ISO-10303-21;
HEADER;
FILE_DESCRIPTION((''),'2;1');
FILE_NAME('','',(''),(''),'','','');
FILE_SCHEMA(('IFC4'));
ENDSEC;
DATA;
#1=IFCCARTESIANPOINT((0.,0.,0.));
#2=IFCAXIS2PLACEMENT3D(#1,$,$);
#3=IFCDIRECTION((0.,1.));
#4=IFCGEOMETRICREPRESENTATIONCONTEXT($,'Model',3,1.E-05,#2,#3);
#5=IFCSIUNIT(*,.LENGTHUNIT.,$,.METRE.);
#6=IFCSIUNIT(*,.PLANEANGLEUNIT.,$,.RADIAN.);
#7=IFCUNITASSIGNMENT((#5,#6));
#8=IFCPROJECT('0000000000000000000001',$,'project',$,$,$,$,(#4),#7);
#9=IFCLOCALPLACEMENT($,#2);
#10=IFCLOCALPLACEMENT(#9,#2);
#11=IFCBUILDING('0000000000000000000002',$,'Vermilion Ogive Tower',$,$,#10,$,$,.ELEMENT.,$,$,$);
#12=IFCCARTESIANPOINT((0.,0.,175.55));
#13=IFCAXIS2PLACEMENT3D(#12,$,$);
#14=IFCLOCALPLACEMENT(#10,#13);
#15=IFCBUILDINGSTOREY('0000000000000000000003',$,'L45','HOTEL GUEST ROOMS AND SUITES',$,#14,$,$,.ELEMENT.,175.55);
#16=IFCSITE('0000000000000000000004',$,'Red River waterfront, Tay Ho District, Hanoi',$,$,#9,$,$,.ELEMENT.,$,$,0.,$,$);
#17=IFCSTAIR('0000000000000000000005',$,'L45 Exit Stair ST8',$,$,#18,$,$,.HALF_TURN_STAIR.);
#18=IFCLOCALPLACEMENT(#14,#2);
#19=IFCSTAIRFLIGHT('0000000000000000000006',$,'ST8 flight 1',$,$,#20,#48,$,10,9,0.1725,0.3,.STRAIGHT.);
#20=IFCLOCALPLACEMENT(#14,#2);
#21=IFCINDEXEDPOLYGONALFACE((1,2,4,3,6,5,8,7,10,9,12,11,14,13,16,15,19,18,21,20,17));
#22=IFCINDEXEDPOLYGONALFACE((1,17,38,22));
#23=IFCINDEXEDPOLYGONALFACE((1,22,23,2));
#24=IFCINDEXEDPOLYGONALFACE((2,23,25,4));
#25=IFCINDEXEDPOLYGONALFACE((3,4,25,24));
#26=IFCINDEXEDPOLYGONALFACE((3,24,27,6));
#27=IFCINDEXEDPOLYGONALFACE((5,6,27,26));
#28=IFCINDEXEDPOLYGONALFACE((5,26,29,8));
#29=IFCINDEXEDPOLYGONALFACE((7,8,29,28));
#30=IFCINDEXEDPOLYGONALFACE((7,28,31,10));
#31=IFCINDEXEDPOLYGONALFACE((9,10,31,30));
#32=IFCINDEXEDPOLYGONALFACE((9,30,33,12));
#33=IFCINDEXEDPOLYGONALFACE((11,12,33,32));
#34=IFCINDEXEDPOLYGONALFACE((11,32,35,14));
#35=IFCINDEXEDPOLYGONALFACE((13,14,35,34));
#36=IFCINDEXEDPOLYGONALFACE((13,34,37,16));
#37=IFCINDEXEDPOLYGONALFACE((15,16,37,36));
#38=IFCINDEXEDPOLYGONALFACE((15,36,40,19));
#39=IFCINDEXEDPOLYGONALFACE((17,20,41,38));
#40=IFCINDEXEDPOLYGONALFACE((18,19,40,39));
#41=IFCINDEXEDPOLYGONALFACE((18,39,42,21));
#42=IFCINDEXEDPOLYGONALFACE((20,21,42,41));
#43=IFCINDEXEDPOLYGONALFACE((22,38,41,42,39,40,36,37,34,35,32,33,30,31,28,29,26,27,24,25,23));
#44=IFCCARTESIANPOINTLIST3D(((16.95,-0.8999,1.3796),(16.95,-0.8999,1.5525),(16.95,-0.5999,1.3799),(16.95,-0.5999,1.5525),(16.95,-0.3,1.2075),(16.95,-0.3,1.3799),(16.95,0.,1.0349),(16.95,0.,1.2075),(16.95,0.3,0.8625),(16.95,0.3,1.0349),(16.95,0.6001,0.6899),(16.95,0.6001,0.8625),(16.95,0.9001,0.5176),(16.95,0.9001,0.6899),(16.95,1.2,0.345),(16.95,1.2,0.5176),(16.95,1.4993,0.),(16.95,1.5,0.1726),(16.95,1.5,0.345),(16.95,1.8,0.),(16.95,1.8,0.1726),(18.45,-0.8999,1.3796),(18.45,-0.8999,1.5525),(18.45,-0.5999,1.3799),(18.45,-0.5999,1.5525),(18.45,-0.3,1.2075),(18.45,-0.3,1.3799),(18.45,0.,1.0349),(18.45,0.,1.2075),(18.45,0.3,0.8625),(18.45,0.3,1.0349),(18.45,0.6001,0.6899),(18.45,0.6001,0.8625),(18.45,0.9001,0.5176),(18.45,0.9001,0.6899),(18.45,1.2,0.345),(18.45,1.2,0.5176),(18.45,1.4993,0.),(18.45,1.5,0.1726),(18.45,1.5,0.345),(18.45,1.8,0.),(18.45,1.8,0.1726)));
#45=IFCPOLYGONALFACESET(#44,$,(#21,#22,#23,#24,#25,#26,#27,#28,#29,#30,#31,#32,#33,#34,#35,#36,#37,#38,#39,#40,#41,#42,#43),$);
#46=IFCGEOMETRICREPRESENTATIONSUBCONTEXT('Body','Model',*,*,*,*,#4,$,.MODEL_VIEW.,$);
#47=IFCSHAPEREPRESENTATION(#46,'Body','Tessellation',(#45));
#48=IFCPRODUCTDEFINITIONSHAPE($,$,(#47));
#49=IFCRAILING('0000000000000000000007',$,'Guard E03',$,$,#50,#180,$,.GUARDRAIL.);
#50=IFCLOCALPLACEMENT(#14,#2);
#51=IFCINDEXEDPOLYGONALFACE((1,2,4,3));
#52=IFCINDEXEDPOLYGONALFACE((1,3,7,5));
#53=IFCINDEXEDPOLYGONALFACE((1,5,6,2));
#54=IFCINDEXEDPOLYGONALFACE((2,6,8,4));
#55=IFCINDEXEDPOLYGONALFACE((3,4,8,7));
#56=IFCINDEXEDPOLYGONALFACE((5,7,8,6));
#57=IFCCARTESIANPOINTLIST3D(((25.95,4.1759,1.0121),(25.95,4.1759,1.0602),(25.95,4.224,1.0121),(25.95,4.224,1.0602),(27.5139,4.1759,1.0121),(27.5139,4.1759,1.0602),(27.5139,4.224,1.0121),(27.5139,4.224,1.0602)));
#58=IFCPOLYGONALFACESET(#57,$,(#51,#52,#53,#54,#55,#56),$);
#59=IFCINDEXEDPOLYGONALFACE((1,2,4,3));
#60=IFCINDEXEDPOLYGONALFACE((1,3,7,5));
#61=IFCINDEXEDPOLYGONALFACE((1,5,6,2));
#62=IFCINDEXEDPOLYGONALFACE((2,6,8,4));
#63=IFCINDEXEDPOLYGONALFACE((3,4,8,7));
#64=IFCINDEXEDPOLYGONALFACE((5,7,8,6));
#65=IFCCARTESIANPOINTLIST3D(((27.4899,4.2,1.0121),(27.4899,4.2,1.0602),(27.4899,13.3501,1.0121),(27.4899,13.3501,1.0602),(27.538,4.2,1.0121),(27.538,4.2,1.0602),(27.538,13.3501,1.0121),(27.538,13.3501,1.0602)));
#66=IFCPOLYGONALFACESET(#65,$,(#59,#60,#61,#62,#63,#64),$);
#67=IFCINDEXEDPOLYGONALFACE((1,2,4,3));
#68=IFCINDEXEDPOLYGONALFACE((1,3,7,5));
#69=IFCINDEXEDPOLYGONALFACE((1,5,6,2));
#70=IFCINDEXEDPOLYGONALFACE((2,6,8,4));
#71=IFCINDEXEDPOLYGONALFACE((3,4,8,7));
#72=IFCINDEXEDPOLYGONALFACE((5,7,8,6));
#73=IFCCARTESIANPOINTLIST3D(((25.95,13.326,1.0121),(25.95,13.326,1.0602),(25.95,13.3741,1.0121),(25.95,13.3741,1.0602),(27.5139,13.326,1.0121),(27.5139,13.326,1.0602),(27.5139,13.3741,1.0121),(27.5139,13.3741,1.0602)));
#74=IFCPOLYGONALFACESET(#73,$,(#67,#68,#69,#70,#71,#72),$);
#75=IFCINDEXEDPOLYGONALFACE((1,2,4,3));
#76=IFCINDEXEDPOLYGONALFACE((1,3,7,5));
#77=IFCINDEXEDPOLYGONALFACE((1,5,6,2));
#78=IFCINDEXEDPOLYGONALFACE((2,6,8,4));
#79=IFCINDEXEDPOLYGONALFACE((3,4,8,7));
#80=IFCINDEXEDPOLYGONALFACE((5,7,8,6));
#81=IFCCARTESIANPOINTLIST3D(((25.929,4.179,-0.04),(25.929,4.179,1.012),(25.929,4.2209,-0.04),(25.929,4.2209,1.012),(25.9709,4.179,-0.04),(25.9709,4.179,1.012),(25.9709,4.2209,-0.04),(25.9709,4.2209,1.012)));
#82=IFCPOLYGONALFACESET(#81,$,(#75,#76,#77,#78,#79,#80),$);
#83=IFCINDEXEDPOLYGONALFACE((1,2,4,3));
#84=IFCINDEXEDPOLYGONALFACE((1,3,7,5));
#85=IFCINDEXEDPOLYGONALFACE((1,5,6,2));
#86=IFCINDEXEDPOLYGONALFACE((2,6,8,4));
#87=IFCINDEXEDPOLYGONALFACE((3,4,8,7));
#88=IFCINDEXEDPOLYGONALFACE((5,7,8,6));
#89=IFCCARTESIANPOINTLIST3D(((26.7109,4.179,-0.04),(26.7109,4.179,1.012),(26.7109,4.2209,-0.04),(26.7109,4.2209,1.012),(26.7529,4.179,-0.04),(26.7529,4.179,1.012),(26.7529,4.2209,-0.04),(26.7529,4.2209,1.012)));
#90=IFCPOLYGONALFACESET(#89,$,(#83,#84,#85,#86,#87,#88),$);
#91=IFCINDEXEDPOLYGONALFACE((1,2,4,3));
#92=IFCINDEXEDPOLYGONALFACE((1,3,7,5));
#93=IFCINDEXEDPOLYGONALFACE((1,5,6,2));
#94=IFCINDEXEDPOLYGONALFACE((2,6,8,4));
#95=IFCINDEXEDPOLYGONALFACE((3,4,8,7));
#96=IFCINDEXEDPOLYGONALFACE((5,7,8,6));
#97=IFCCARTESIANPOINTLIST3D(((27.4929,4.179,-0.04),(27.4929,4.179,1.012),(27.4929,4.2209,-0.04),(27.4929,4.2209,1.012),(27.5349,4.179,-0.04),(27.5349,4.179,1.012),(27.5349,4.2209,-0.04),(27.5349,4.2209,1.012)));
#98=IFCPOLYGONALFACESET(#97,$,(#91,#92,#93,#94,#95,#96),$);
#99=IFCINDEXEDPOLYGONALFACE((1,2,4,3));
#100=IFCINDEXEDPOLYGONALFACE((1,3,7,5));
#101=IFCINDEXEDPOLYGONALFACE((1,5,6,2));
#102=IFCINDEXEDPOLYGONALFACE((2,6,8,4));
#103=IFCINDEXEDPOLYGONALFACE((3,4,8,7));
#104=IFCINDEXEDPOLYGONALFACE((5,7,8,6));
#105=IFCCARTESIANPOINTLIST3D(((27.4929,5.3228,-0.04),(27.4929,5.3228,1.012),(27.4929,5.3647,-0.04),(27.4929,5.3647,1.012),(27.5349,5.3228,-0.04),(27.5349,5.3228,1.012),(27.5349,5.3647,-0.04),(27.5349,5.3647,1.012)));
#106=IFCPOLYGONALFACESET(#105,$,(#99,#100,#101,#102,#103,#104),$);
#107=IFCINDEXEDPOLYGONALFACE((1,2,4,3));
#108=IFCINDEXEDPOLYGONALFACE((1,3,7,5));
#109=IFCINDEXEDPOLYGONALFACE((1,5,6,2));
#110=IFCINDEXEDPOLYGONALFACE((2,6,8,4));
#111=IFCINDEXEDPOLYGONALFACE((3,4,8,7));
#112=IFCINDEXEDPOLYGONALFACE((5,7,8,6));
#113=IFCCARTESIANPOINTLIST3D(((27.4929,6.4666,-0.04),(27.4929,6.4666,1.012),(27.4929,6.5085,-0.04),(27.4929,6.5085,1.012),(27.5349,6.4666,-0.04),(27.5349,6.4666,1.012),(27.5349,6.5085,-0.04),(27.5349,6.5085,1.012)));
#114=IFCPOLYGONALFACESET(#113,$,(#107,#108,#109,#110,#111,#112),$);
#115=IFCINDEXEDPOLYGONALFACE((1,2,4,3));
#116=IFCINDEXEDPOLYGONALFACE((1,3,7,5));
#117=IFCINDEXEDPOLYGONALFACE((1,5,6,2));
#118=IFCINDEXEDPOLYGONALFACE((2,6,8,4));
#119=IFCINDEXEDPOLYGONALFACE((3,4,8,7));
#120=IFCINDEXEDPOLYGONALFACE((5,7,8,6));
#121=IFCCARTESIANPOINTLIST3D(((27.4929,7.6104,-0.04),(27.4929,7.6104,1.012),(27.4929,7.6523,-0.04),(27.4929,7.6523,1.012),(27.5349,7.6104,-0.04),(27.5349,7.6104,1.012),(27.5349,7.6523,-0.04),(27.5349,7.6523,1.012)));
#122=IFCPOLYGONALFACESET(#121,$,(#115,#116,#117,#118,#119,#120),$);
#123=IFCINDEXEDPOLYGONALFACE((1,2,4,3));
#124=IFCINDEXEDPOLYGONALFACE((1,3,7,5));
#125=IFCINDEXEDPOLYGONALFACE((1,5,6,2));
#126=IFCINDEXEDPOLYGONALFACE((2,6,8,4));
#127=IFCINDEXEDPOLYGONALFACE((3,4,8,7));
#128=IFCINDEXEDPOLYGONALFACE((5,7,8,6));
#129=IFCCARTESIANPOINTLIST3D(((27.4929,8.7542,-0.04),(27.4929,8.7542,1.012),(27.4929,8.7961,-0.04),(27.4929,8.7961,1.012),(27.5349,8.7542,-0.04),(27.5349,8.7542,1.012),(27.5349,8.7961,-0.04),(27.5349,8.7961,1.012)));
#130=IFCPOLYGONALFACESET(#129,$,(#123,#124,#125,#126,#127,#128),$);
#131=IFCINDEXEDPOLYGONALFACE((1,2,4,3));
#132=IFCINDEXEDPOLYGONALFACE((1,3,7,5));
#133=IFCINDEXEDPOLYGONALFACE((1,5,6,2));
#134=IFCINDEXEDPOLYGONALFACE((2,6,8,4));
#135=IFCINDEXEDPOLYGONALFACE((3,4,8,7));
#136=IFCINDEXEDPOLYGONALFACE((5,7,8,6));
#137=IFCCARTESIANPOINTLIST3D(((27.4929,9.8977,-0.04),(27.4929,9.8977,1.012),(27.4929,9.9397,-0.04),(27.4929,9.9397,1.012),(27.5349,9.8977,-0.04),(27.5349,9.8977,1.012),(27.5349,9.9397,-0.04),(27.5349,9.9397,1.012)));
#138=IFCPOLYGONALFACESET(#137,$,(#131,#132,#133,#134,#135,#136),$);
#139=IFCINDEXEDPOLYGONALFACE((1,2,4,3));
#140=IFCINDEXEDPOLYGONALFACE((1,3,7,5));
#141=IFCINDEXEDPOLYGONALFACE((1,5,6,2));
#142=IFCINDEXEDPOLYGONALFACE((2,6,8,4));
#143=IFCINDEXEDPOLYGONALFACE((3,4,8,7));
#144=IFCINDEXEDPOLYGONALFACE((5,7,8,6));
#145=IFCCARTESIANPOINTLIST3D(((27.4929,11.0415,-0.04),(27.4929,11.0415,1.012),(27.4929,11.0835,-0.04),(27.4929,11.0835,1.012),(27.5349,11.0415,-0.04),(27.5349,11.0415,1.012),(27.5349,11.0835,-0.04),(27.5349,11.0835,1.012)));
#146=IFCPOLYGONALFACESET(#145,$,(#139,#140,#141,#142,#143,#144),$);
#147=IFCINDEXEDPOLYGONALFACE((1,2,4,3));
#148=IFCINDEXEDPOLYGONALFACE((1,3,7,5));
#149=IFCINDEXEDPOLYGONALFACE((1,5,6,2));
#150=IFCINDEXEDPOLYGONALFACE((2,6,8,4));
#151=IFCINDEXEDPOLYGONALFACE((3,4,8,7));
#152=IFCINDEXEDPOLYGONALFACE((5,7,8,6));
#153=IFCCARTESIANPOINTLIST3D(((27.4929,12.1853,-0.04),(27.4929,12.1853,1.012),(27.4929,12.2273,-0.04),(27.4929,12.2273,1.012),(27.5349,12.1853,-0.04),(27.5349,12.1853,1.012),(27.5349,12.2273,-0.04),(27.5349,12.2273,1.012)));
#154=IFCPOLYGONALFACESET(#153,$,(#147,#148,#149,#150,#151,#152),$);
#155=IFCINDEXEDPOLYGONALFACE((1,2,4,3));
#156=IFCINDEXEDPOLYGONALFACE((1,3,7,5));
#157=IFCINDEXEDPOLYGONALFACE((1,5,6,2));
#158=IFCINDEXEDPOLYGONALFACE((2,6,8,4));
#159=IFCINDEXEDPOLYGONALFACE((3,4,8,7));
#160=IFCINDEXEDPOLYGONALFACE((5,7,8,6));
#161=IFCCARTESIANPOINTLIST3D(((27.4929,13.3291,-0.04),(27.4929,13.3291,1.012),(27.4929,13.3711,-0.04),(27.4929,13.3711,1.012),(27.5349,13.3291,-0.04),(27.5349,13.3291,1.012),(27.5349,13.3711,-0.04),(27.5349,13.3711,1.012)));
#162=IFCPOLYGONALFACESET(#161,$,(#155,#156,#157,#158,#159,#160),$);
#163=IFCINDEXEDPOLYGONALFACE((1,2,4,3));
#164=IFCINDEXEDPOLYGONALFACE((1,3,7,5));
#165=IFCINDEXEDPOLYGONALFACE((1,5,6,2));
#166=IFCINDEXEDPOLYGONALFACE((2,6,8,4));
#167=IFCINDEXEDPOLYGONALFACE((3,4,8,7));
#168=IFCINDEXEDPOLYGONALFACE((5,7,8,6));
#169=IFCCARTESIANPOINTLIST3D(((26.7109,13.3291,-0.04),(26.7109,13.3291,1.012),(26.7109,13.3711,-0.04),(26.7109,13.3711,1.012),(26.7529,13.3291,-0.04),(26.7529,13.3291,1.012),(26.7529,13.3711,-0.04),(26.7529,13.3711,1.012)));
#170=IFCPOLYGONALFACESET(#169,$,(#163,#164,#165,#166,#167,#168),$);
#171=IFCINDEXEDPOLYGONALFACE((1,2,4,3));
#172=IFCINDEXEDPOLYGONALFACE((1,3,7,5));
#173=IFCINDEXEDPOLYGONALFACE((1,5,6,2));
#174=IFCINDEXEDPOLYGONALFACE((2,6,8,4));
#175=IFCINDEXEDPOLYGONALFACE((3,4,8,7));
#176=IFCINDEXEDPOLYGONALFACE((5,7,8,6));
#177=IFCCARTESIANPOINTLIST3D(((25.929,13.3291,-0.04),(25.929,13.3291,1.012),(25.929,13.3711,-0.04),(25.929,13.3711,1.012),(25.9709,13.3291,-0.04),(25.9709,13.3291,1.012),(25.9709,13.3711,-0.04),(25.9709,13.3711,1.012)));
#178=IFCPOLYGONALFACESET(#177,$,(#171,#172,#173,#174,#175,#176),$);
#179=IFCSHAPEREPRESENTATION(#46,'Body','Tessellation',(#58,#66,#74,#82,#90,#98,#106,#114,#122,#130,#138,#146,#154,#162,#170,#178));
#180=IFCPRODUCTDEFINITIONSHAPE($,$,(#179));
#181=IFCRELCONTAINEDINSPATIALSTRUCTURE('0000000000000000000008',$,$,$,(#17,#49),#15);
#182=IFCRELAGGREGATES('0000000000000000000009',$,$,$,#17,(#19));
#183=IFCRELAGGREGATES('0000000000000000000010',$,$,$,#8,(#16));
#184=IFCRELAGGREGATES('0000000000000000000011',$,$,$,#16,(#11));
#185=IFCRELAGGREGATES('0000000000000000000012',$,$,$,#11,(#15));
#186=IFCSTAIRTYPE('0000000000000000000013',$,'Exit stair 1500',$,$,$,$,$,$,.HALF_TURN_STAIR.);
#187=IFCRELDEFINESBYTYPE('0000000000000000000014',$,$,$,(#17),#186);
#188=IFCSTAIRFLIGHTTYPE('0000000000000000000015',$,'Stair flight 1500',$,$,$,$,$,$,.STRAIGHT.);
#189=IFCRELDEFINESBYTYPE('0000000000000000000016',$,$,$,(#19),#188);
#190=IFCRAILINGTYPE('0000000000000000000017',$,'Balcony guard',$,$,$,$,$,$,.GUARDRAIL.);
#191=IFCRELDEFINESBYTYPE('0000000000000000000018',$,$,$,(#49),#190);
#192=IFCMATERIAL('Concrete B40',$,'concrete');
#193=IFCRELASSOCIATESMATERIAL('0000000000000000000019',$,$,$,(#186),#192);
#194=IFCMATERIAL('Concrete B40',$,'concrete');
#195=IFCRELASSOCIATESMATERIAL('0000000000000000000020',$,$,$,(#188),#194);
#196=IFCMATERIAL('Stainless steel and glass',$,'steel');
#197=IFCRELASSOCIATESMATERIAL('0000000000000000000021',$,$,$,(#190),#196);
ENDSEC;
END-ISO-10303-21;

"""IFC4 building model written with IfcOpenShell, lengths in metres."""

from ifc_helpers import new_model, si_unit, direction, frame, origin, origin_2d, place, context, subcontext, project, spatial, polyline, rectangle, outline, extrude, material, type_object, element, aggregate, save


model = new_model("IFC4")

# Units and contexts
model_context = context("Model", 3, precision=1e-05, world=origin(), true_north=direction((0.0, 1.0)))
body_context = subcontext(model_context, "Body", "Model", "MODEL_VIEW")
ifc_project = project(units=[si_unit("LENGTHUNIT", "METRE"), si_unit("PLANEANGLEUNIT", "RADIAN")], contexts=[model_context])

# Site, building, storey
site_placement = place(None, origin())
site = spatial("IfcSite", under=ifc_project, at=site_placement, Name="Red River waterfront, Tay Ho District, Hanoi", CompositionType="ELEMENT", RefElevation=0.0)
building_placement = place(site_placement, origin())
building = spatial("IfcBuilding", under=site, at=building_placement, Name="Vermilion Ogive Tower", CompositionType="ELEMENT")
storey_placement = place(building_placement, frame((0.0, 0.0, 175.55)))
storey = spatial("IfcBuildingStorey", under=building, at=storey_placement, Name="L45", Description="HOTEL GUEST ROOMS AND SUITES", CompositionType="ELEMENT", Elevation=175.55)

# Stair, stair flight
ifc_material_1 = material(Name="Concrete B40", Category="concrete")
stair_type = type_object("IfcStairType", Name="Exit stair 1500", PredefinedType="HALF_TURN_STAIR", material=ifc_material_1)
stair_placement = place(storey_placement, origin())
stair = element("IfcStair", 1, at=stair_placement, inside=storey, type_object=stair_type, Name="L45 Exit Stair ST8", PredefinedType="HALF_TURN_STAIR")
ifc_material_2 = material(Name="Concrete B40", Category="concrete")
stair_flight_type = type_object("IfcStairFlightType", Name="Stair flight 1500", PredefinedType="STRAIGHT", material=ifc_material_2)
stair_flight_placement = place(storey_placement, frame((17.7, 1.8, 0.0), z_axis=(0.0, 0.0, 1.0), x_axis=(0.0, -1.0, 0.0)))
stair_flight = element("IfcStairFlight", 2, at=stair_flight_placement, type_object=stair_flight_type, Name="ST8 flight 1", NumberOfRisers=10, NumberOfTreads=9, PredefinedType="STRAIGHT", RiserHeight=0.1725, TreadLength=0.3, context=body_context, shape_type="SweptSolid", body=[
    extrude(outline(polyline([(0.0, 0.0), (0.0, 0.1726), (0.3, 0.1726), (0.3, 0.345), (0.6001, 0.345), (0.6001, 0.5176), (0.8999, 0.5176), (0.8999, 0.6899), (1.2, 0.6899), (1.2, 0.8625), (1.5, 0.8625), (1.5, 1.0349), (1.8, 1.0349), (1.8, 1.2075), (2.1001, 1.2075), (2.1001, 1.3799), (2.3999, 1.3799), (2.3999, 1.5525), (2.7, 1.5525), (2.7, 1.7251), (2.7, 1.3796), (0.3008, 0.0), (0.0, 0.0)])), frame((0.0, 0.75, 0.0), z_axis=(0.0, -1.0, 0.0), x_axis=(1.0, 0.0, 0.0)), (0.0, 0.0, 1.0), 1.5),
])
aggregate(stair, [stair_flight])

# Railing
ifc_material_3 = material(Name="Stainless steel and glass", Category="steel")
railing_type_1 = type_object("IfcRailingType", Name="Balcony guard", PredefinedType="GUARDRAIL", material=ifc_material_3)
railing_1_placement = place(storey_placement, frame((25.95, 4.2, -0.04)))
element("IfcRailing", 3, at=railing_1_placement, inside=storey, type_object=railing_type_1, Name="Guard E03", PredefinedType="GUARDRAIL", context=body_context, shape_type="SweptSolid", body=[
    extrude(rectangle(XDim=0.0481, YDim=0.0481, at=origin_2d()), frame((0.0, 0.0, 1.0762), z_axis=(1.0, 0.0, 0.0), x_axis=(0.0, 1.0, 0.0)), (0.0, 0.0, 1.0), 1.564),
    extrude(rectangle(XDim=0.0481, YDim=0.0481, at=origin_2d()), frame((1.564, 0.0, 1.0762), z_axis=(0.0, 1.0, 0.0), x_axis=(-1.0, 0.0, 0.0)), (0.0, 0.0, 1.0), 9.1501),
    extrude(rectangle(XDim=0.0481, YDim=0.0481, at=origin_2d()), frame((1.564, 9.1501, 1.0762), z_axis=(-1.0, 0.0, 0.0), x_axis=(0.0, -1.0, 0.0)), (0.0, 0.0, 1.0), 1.564),
    extrude(rectangle(XDim=0.042, YDim=0.042, at=origin_2d()), origin(), (0.0, 0.0, 1.0), 1.052),
    extrude(rectangle(XDim=0.042, YDim=0.042, at=origin_2d()), frame((0.782, 0.0, 0.0)), (0.0, 0.0, 1.0), 1.052),
    extrude(rectangle(XDim=0.042, YDim=0.042, at=origin_2d()), frame((1.564, 0.0, 0.0)), (0.0, 0.0, 1.0), 1.052),
    extrude(rectangle(XDim=0.042, YDim=0.042, at=origin_2d()), frame((1.564, 1.1438, 0.0)), (0.0, 0.0, 1.0), 1.052),
    extrude(rectangle(XDim=0.042, YDim=0.042, at=origin_2d()), frame((1.564, 2.2876, 0.0)), (0.0, 0.0, 1.0), 1.052),
    extrude(rectangle(XDim=0.042, YDim=0.042, at=origin_2d()), frame((1.564, 3.4314, 0.0)), (0.0, 0.0, 1.0), 1.052),
    extrude(rectangle(XDim=0.042, YDim=0.042, at=origin_2d()), frame((1.564, 4.5752, 0.0)), (0.0, 0.0, 1.0), 1.052),
    extrude(rectangle(XDim=0.042, YDim=0.042, at=origin_2d()), frame((1.564, 5.7188, 0.0)), (0.0, 0.0, 1.0), 1.052),
    extrude(rectangle(XDim=0.042, YDim=0.042, at=origin_2d()), frame((1.564, 6.8625, 0.0)), (0.0, 0.0, 1.0), 1.052),
    extrude(rectangle(XDim=0.042, YDim=0.042, at=origin_2d()), frame((1.564, 8.0063, 0.0)), (0.0, 0.0, 1.0), 1.052),
    extrude(rectangle(XDim=0.042, YDim=0.042, at=origin_2d()), frame((1.564, 9.1501, 0.0)), (0.0, 0.0, 1.0), 1.052),
    extrude(rectangle(XDim=0.042, YDim=0.042, at=origin_2d()), frame((0.782, 9.1501, 0.0)), (0.0, 0.0, 1.0), 1.052),
    extrude(rectangle(XDim=0.042, YDim=0.042, at=origin_2d()), frame((0.0, 9.1501, 0.0)), (0.0, 0.0, 1.0), 1.052),
])

save(model, "model.ifc")
